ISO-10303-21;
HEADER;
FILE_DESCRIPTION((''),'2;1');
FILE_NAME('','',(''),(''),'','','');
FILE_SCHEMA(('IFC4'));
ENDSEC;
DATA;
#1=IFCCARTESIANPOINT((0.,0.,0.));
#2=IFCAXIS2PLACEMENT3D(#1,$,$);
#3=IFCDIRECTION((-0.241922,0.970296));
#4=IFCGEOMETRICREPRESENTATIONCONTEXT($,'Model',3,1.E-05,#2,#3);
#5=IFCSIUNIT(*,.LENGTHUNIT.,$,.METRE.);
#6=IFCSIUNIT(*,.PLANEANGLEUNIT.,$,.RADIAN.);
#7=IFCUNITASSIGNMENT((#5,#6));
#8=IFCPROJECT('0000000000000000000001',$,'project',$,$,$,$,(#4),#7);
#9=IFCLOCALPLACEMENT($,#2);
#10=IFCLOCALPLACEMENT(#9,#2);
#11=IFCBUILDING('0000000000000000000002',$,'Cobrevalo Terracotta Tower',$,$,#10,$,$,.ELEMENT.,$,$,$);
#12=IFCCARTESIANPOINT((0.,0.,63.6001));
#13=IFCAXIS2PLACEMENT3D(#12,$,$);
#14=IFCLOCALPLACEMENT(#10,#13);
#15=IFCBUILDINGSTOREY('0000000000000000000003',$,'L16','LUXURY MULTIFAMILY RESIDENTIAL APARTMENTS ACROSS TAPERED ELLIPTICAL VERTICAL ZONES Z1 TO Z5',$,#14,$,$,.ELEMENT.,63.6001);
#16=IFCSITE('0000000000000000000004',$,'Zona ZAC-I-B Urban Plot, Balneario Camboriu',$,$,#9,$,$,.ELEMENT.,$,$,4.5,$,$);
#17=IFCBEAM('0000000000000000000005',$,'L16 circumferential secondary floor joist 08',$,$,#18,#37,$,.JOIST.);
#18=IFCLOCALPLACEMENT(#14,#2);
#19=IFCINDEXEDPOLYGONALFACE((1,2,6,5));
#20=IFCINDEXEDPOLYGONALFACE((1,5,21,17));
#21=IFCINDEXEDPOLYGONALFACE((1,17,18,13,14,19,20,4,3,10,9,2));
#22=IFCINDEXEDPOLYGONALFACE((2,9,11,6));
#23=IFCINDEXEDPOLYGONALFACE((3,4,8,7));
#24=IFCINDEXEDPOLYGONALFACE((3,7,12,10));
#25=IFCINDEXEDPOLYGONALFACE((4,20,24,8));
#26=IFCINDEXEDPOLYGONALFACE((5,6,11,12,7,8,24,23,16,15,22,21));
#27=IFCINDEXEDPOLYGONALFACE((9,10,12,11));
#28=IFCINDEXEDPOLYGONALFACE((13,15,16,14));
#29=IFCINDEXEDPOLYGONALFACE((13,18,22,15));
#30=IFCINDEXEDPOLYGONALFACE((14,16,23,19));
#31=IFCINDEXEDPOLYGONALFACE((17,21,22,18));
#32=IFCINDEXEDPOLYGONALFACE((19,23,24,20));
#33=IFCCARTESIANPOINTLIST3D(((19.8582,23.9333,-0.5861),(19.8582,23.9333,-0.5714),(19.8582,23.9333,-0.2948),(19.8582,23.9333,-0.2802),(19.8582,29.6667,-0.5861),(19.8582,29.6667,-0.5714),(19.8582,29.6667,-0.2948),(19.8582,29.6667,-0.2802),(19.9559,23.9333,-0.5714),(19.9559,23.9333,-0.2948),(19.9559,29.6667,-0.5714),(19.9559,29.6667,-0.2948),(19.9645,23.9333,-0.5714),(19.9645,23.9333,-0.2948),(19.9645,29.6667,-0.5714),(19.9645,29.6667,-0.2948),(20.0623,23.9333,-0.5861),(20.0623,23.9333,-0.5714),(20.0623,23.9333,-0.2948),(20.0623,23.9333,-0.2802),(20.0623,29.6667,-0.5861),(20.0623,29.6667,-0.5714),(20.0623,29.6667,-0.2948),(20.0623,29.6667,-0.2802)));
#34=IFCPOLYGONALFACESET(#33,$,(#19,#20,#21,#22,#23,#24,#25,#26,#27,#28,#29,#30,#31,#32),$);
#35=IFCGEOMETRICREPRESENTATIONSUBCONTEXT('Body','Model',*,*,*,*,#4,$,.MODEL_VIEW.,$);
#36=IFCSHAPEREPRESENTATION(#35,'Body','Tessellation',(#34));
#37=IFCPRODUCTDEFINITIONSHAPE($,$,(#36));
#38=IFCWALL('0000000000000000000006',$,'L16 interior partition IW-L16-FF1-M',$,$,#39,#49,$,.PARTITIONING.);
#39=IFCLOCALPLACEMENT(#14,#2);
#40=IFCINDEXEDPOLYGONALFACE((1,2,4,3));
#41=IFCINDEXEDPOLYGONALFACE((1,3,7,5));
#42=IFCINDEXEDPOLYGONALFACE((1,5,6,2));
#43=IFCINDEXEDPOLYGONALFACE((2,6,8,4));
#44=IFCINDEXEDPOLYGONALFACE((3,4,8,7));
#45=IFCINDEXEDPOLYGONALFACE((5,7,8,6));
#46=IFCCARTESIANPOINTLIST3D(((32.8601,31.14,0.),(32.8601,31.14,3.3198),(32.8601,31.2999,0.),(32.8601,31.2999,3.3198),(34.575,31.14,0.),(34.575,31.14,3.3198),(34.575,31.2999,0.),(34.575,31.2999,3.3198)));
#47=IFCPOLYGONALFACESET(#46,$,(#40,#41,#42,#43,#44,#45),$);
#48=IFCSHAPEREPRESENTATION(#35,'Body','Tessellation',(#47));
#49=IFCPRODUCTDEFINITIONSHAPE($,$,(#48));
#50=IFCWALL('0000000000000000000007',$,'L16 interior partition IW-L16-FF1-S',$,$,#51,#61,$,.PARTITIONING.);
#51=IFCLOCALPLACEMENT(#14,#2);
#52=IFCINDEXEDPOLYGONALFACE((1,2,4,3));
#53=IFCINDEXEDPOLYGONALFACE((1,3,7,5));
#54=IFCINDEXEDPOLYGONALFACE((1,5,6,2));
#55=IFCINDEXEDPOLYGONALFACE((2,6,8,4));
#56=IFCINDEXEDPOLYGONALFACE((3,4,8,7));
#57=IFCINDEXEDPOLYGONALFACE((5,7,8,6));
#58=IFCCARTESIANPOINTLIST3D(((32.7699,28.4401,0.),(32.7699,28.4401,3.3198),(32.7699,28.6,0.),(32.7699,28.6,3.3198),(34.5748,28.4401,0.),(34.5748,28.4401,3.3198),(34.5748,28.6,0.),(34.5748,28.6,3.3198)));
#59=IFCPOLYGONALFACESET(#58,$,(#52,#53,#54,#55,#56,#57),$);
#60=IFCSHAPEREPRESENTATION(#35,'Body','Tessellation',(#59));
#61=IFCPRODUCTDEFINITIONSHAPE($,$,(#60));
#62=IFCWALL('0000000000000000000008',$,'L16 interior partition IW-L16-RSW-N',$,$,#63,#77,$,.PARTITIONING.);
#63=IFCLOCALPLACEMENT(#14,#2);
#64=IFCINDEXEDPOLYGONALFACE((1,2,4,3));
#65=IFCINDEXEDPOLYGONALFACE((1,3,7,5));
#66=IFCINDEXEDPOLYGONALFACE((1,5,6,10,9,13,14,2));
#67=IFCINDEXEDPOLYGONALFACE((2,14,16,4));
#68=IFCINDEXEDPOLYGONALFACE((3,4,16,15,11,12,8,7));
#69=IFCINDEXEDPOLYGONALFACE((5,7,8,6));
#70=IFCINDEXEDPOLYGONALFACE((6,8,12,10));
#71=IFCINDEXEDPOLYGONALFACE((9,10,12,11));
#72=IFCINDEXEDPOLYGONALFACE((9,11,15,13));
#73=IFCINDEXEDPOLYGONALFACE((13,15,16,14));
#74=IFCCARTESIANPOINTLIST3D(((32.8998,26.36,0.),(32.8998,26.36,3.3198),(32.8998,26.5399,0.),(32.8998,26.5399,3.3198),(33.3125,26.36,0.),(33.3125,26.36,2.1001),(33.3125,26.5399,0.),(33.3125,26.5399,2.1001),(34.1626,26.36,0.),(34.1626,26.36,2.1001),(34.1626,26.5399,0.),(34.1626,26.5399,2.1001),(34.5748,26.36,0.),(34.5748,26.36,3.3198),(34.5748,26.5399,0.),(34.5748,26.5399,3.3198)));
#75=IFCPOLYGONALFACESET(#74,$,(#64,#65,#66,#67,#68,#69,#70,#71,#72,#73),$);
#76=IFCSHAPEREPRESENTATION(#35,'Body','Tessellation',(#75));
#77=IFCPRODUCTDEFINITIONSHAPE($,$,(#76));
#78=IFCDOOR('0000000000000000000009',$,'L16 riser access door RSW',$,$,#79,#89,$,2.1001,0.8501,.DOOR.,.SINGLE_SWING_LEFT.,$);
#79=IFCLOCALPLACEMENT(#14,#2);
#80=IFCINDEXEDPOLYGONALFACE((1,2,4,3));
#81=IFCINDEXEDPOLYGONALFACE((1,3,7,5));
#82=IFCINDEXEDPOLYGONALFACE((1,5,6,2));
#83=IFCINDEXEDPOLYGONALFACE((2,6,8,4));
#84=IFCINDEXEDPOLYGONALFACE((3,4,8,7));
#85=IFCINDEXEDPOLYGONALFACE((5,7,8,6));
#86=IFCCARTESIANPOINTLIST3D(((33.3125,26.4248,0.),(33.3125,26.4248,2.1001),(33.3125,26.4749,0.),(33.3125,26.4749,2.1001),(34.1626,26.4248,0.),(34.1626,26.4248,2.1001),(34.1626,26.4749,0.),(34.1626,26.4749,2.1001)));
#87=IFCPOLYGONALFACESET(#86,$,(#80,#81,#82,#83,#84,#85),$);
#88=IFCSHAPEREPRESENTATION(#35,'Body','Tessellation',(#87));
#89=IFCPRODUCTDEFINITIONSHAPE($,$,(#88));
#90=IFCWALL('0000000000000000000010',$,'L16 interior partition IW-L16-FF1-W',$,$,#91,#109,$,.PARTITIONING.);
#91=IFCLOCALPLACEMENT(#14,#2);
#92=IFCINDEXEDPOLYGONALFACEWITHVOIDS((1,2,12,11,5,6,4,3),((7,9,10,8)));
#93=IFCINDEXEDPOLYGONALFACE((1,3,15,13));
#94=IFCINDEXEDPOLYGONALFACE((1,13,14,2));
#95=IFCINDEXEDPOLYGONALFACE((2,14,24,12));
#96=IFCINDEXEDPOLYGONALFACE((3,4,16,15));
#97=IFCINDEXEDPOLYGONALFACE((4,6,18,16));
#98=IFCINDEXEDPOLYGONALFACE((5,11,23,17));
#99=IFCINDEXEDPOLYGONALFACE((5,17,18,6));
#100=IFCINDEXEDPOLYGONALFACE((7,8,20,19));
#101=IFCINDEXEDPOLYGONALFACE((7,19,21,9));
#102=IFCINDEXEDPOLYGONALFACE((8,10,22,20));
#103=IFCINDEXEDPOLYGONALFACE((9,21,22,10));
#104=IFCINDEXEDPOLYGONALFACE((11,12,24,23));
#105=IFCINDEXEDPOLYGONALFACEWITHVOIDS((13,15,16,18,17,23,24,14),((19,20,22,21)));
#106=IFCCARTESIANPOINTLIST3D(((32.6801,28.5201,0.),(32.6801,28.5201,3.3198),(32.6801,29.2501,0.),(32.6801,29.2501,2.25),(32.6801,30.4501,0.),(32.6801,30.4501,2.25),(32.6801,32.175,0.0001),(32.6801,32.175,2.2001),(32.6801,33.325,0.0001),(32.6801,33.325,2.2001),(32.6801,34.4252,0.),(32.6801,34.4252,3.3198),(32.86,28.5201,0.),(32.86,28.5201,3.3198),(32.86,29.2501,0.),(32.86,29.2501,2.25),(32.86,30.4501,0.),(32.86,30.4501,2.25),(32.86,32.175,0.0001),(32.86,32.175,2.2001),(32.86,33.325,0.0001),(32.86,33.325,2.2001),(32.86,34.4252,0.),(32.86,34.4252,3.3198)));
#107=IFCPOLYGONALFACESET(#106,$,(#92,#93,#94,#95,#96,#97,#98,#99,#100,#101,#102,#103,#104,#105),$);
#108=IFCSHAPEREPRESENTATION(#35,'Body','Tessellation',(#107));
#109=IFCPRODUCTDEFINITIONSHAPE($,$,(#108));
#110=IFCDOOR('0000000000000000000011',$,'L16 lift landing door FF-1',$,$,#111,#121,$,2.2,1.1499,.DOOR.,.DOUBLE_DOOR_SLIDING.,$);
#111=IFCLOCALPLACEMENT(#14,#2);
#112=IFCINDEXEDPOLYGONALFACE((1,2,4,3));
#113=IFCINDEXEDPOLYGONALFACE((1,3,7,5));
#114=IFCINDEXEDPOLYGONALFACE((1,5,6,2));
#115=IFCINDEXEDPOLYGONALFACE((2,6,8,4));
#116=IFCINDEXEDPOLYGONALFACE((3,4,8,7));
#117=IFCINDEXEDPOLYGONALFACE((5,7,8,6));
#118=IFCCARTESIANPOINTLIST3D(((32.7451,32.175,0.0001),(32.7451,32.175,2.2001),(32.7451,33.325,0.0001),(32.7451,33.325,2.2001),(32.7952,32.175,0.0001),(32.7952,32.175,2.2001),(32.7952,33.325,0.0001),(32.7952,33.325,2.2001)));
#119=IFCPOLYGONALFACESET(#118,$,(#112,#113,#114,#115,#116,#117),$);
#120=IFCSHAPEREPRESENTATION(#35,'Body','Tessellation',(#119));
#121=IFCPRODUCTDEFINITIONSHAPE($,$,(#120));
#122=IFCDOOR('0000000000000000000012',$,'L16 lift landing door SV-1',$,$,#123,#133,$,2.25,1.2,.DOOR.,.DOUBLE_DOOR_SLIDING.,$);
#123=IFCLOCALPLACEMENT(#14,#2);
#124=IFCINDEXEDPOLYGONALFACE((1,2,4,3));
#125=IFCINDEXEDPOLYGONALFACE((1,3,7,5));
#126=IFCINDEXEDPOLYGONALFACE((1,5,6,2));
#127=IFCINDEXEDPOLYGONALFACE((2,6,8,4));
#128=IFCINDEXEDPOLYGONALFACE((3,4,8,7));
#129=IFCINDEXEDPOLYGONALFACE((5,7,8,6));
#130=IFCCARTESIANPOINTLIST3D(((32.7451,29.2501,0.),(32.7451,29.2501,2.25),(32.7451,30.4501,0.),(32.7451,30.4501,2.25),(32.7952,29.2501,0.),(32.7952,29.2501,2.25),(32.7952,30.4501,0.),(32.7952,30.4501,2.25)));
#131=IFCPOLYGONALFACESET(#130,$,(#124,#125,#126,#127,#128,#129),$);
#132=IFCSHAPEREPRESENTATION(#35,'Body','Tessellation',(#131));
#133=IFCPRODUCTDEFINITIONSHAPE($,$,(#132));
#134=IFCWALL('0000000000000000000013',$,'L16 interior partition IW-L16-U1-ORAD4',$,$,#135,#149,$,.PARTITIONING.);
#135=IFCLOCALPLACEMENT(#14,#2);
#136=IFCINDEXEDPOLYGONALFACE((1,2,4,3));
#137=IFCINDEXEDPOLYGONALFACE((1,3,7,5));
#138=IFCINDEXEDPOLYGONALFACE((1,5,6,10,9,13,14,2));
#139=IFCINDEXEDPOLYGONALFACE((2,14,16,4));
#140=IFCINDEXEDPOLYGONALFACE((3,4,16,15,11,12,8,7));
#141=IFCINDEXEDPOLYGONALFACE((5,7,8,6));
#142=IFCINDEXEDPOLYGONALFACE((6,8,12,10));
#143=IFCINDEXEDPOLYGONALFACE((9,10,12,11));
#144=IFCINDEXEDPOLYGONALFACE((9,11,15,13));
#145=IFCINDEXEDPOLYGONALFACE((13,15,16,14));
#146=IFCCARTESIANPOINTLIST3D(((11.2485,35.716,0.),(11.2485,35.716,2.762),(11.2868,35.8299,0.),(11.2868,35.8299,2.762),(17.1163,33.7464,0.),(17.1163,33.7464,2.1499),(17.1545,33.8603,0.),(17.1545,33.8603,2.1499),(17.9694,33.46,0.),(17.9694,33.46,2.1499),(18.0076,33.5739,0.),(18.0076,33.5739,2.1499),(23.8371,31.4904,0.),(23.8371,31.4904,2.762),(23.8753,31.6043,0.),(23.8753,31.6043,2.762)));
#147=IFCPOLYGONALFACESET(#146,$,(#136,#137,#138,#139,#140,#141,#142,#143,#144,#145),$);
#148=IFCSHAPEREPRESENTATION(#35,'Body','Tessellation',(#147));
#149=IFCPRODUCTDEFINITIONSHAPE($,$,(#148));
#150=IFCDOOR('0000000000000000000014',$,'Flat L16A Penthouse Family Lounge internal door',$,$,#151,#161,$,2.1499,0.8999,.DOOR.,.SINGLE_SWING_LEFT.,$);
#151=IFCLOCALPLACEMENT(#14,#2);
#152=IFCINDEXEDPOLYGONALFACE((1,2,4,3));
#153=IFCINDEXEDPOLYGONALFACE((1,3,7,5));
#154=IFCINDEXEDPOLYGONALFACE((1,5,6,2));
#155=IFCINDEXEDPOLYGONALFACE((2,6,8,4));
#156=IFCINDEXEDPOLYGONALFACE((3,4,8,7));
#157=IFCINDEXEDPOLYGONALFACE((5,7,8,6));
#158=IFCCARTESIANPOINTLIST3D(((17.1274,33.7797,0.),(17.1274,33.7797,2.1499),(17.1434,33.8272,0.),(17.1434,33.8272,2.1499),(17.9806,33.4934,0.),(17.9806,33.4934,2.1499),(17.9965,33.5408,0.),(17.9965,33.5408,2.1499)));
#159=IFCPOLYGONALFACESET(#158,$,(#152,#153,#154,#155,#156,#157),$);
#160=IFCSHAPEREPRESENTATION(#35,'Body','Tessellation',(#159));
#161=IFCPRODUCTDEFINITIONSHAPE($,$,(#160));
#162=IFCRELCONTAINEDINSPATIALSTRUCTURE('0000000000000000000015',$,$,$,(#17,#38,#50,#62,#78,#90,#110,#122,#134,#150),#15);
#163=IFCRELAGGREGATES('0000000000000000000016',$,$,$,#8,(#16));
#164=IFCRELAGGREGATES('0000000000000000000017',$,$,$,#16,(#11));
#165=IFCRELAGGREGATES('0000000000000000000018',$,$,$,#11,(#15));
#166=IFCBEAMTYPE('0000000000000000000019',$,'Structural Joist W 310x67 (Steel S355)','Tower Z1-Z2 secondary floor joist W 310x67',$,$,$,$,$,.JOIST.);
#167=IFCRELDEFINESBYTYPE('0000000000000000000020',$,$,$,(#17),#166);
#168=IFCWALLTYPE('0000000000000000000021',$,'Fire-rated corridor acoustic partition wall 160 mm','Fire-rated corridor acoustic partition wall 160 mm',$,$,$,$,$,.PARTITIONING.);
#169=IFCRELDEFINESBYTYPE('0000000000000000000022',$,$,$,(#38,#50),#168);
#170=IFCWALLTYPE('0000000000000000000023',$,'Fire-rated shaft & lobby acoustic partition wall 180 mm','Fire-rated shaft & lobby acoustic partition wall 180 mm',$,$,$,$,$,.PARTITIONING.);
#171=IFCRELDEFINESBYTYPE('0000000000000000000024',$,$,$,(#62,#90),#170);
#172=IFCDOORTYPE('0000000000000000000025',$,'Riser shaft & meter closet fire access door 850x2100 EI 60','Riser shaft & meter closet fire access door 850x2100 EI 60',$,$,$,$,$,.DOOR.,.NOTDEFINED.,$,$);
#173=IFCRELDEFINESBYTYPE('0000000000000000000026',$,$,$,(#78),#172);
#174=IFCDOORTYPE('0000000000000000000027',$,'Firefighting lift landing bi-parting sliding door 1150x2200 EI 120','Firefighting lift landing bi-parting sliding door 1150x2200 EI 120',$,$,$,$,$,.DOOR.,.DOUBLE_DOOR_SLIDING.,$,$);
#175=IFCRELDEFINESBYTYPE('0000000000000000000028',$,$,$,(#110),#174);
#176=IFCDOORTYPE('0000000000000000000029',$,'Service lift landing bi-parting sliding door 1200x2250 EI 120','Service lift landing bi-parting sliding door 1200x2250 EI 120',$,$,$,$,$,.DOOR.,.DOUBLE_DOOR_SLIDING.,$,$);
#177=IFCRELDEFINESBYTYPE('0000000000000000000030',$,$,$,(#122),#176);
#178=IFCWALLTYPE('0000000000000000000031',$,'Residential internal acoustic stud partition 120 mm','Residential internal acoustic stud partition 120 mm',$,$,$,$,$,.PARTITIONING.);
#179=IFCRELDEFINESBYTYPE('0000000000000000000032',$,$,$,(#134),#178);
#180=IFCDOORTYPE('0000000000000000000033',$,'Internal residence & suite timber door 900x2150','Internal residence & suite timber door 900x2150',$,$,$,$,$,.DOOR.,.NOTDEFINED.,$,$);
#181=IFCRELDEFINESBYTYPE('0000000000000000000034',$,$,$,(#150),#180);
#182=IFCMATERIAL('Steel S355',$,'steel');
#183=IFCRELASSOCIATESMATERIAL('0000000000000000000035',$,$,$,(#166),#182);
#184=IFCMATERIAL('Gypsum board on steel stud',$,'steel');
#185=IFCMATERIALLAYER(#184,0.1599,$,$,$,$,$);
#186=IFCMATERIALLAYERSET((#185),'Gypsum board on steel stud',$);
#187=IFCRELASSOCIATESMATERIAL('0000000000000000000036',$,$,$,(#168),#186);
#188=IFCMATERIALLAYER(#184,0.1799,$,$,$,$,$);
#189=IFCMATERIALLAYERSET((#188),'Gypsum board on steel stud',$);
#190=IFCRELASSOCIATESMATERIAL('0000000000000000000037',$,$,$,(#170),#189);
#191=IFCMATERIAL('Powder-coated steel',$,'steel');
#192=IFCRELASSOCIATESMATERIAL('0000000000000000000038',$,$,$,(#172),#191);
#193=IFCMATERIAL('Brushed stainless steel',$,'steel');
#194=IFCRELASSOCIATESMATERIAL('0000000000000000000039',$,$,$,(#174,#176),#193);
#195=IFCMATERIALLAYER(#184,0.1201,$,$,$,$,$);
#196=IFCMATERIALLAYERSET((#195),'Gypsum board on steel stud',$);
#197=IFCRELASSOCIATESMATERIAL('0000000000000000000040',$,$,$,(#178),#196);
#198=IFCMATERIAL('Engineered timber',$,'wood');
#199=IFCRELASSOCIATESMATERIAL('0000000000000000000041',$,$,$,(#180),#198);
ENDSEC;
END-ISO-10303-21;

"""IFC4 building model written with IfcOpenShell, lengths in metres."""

from ifc_helpers import new_model, si_unit, direction, frame, frame_2d, origin, origin_2d, place, context, subcontext, project, spatial, rectangle, i_section, extrude, source, transform, mapped, material, layer, layer_set, material_profile, profile_set, type_object, element, fill, save


model = new_model("IFC4")

# Units and contexts
model_context = context("Model", 3, precision=1e-05, world=origin(), true_north=direction((-0.241922, 0.970296)))
body_context = subcontext(model_context, "Body", "Model", "MODEL_VIEW")
ifc_project = project(units=[si_unit("LENGTHUNIT", "METRE"), si_unit("PLANEANGLEUNIT", "RADIAN")], contexts=[model_context])

# Site, building, storey
site_placement = place(None, origin())
site = spatial("IfcSite", under=ifc_project, at=site_placement, Name="Zona ZAC-I-B Urban Plot, Balneario Camboriu", CompositionType="ELEMENT", RefElevation=4.5)
building_placement = place(site_placement, origin())
building = spatial("IfcBuilding", under=site, at=building_placement, Name="Cobrevalo Terracotta Tower", CompositionType="ELEMENT")
storey_placement = place(building_placement, frame((0.0, 0.0, 63.6001)))
storey = spatial("IfcBuildingStorey", under=building, at=storey_placement, Name="L16", Description="LUXURY MULTIFAMILY RESIDENTIAL APARTMENTS ACROSS TAPERED ELLIPTICAL VERTICAL ZONES Z1 TO Z5", CompositionType="ELEMENT", Elevation=63.6001)

# Beam
ifc_material_1 = material(Name="Steel S355", Category="steel")
ifc_material_profile = material_profile(ifc_material_1, i_section(OverallWidth=0.2041, OverallDepth=0.3059, WebThickness=0.0085, FlangeThickness=0.0146, at=origin_2d()), Name="W 310x67")
ifc_profile_set = profile_set([ifc_material_profile], Name="Steel S355")
beam_type = type_object("IfcBeamType", Name="Structural Joist W 310x67 (Steel S355)", Description="Tower Z1-Z2 secondary floor joist W 310x67", PredefinedType="JOIST", material=ifc_profile_set)
beam_placement = place(storey_placement, frame((19.9602, 29.6667, -0.4331), z_axis=(0.0, -1.0, 0.0), x_axis=(1.0, 0.0, 0.0)))
element("IfcBeam", 1, at=beam_placement, inside=storey, type_object=beam_type, Name="L16 circumferential secondary floor joist 08", PredefinedType="JOIST", context=body_context, shape_type="SweptSolid", body=[
    extrude(i_section(OverallWidth=0.2041, OverallDepth=0.3059, WebThickness=0.0085, FlangeThickness=0.0146, at=origin_2d()), origin(), (0.0, 0.0, 1.0), 5.7334),
])

# Walls
ifc_material_2 = material(Name="Gypsum board on steel stud", Category="steel")
ifc_layer_1 = layer(ifc_material_2, 0.1599)
ifc_layer_set_1 = layer_set([ifc_layer_1], Name="Gypsum board on steel stud")
wall_type_1 = type_object("IfcWallType", Name="Fire-rated corridor acoustic partition wall 160 mm", Description="Fire-rated corridor acoustic partition wall 160 mm", PredefinedType="PARTITIONING", material=ifc_layer_set_1)
wall_1_placement = place(storey_placement, frame((32.8601, 31.22, 0.0), z_axis=(0.0, 0.0, 1.0), x_axis=(1.0, 0.0, 0.0)))
element("IfcWall", 2, at=wall_1_placement, inside=storey, type_object=wall_type_1, Name="L16 interior partition IW-L16-FF1-M", PredefinedType="PARTITIONING", context=body_context, shape_type="SweptSolid", body=[
    extrude(rectangle(XDim=1.7148, YDim=0.1599, at=frame_2d((0.8574, 0.0))), origin(), (0.0, 0.0, 1.0), 3.3198),
])
wall_2_placement = place(storey_placement, frame((32.77, 28.52, 0.0), z_axis=(0.0, 0.0, 1.0), x_axis=(1.0, 0.0, 0.0)))
element("IfcWall", 3, at=wall_2_placement, inside=storey, type_object=wall_type_1, Name="L16 interior partition IW-L16-FF1-S", PredefinedType="PARTITIONING", context=body_context, shape_type="SweptSolid", body=[
    extrude(rectangle(XDim=1.8049, YDim=0.1599, at=frame_2d((0.9023, 0.0))), origin(), (0.0, 0.0, 1.0), 3.3198),
])

# Wall, opening, door
ifc_layer_2 = layer(ifc_material_2, 0.1799)
ifc_layer_set_2 = layer_set([ifc_layer_2], Name="Gypsum board on steel stud")
wall_type_2 = type_object("IfcWallType", Name="Fire-rated shaft & lobby acoustic partition wall 180 mm", Description="Fire-rated shaft & lobby acoustic partition wall 180 mm", PredefinedType="PARTITIONING", material=ifc_layer_set_2)
wall_3_placement = place(storey_placement, frame((32.8999, 26.45, 0.0), z_axis=(0.0, 0.0, 1.0), x_axis=(1.0, 0.0, 0.0)))
wall_3 = element("IfcWall", 4, at=wall_3_placement, inside=storey, type_object=wall_type_2, Name="L16 interior partition IW-L16-RSW-N", PredefinedType="PARTITIONING", context=body_context, shape_type="SweptSolid", body=[
    extrude(rectangle(XDim=1.675, YDim=0.1799, at=frame_2d((0.8374, 0.0))), origin(), (0.0, 0.0, 1.0), 3.3198),
])
opening_1_placement = place(wall_3_placement, frame((0.4126, 0.0, 0.0)))
opening_1 = element("IfcOpeningElement", 5, at=opening_1_placement, cuts=wall_3, PredefinedType="OPENING", context=body_context, shape_type="SweptSolid", body=[
    extrude(rectangle(XDim=0.8501, YDim=2.1001, at=frame_2d((0.425, 1.05))), frame((0.0, 0.1001, 0.0), z_axis=(0.0, -1.0, 0.0), x_axis=(1.0, 0.0, 0.0)), (0.0, 0.0, 1.0), 0.2),
])
ifc_material_3 = material(Name="Powder-coated steel", Category="steel")
door_type_1 = type_object("IfcDoorType", Name="Riser shaft & meter closet fire access door 850x2100 EI 60", Description="Riser shaft & meter closet fire access door 850x2100 EI 60", OperationType="NOTDEFINED", PredefinedType="DOOR", material=ifc_material_3)
shared_shape_1 = source(origin(), body_context, "Body", "SweptSolid", [
    extrude(rectangle(XDim=0.8501, YDim=2.1001, at=frame_2d((0.425, 1.05))), frame((0.0, 0.0249, 0.0), z_axis=(0.0, -1.0, 0.0), x_axis=(1.0, 0.0, 0.0)), (0.0, 0.0, 1.0), 0.05),
])
door_1_placement = place(opening_1_placement, origin())
door_1 = element("IfcDoor", 6, at=door_1_placement, inside=storey, type_object=door_type_1, Name="L16 riser access door RSW", OperationType="SINGLE_SWING_LEFT", OverallHeight=2.1001, OverallWidth=0.8501, PredefinedType="DOOR", context=body_context, shape_type="MappedRepresentation", body=[
    mapped(shared_shape_1, transform((0.0, 0.0, 0.0), scale=1.0)),
])
fill(opening_1, door_1)

# Wall, openings, doors
wall_4_placement = place(storey_placement, frame((32.77, 28.52, 0.0), z_axis=(0.0, 0.0, 1.0), x_axis=(0.0, 1.0, 0.0)))
wall_4 = element("IfcWall", 7, at=wall_4_placement, inside=storey, type_object=wall_type_2, Name="L16 interior partition IW-L16-FF1-W", PredefinedType="PARTITIONING", context=body_context, shape_type="SweptSolid", body=[
    extrude(rectangle(XDim=5.905, YDim=0.1799, at=frame_2d((2.9526, 0.0))), origin(), (0.0, 0.0, 1.0), 3.3198),
])
opening_2_placement = place(wall_4_placement, frame((3.655, 0.0, 0.0)))
opening_2 = element("IfcOpeningElement", 8, at=opening_2_placement, cuts=wall_4, PredefinedType="OPENING", context=body_context, shape_type="SweptSolid", body=[
    extrude(rectangle(XDim=1.1499, YDim=2.2, at=frame_2d((0.575, 1.1001))), frame((0.0, 0.1001, 0.0), z_axis=(0.0, -1.0, 0.0), x_axis=(1.0, 0.0, 0.0)), (0.0, 0.0, 1.0), 0.2),
])
opening_3_placement = place(wall_4_placement, frame((0.73, 0.0, 0.0)))
opening_3 = element("IfcOpeningElement", 9, at=opening_3_placement, cuts=wall_4, PredefinedType="OPENING", context=body_context, shape_type="SweptSolid", body=[
    extrude(rectangle(XDim=1.2, YDim=2.25, at=frame_2d((0.6001, 1.125))), frame((0.0, 0.1001, 0.0), z_axis=(0.0, -1.0, 0.0), x_axis=(1.0, 0.0, 0.0)), (0.0, 0.0, 1.0), 0.2),
])
ifc_material_4 = material(Name="Brushed stainless steel", Category="steel")
door_type_2 = type_object("IfcDoorType", Name="Firefighting lift landing bi-parting sliding door 1150x2200 EI 120", Description="Firefighting lift landing bi-parting sliding door 1150x2200 EI 120", OperationType="DOUBLE_DOOR_SLIDING", PredefinedType="DOOR", material=ifc_material_4)
shared_shape_2 = source(origin(), body_context, "Body", "SweptSolid", [
    extrude(rectangle(XDim=1.1499, YDim=2.2, at=frame_2d((0.575, 1.1001))), frame((0.0, 0.0249, 0.0), z_axis=(0.0, -1.0, 0.0), x_axis=(1.0, 0.0, 0.0)), (0.0, 0.0, 1.0), 0.05),
])
door_2_placement = place(opening_2_placement, origin())
door_2 = element("IfcDoor", 10, at=door_2_placement, inside=storey, type_object=door_type_2, Name="L16 lift landing door FF-1", OperationType="DOUBLE_DOOR_SLIDING", OverallHeight=2.2, OverallWidth=1.1499, PredefinedType="DOOR", context=body_context, shape_type="MappedRepresentation", body=[
    mapped(shared_shape_2, transform((0.0, 0.0, 0.0), scale=1.0)),
])
fill(opening_2, door_2)
door_type_3 = type_object("IfcDoorType", Name="Service lift landing bi-parting sliding door 1200x2250 EI 120", Description="Service lift landing bi-parting sliding door 1200x2250 EI 120", OperationType="DOUBLE_DOOR_SLIDING", PredefinedType="DOOR", material=ifc_material_4)
shared_shape_3 = source(origin(), body_context, "Body", "SweptSolid", [
    extrude(rectangle(XDim=1.2, YDim=2.25, at=frame_2d((0.6001, 1.125))), frame((0.0, 0.0249, 0.0), z_axis=(0.0, -1.0, 0.0), x_axis=(1.0, 0.0, 0.0)), (0.0, 0.0, 1.0), 0.05),
])
door_3_placement = place(opening_3_placement, origin())
door_3 = element("IfcDoor", 11, at=door_3_placement, inside=storey, type_object=door_type_3, Name="L16 lift landing door SV-1", OperationType="DOUBLE_DOOR_SLIDING", OverallHeight=2.25, OverallWidth=1.2, PredefinedType="DOOR", context=body_context, shape_type="MappedRepresentation", body=[
    mapped(shared_shape_3, transform((0.0, 0.0, 0.0), scale=1.0)),
])
fill(opening_3, door_3)

# Wall, opening, door
ifc_layer_3 = layer(ifc_material_2, 0.1201)
ifc_layer_set_3 = layer_set([ifc_layer_3], Name="Gypsum board on steel stud")
wall_type_3 = type_object("IfcWallType", Name="Residential internal acoustic stud partition 120 mm", Description="Residential internal acoustic stud partition 120 mm", PredefinedType="PARTITIONING", material=ifc_layer_set_3)
wall_5_placement = place(storey_placement, frame((23.8562, 31.5474, 0.0), z_axis=(0.0, 0.0, 1.0), x_axis=(-0.948017, 0.318218, 0.0)))
wall_5 = element("IfcWall", 12, at=wall_5_placement, inside=storey, type_object=wall_type_3, Name="L16 interior partition IW-L16-U1-ORAD4", PredefinedType="PARTITIONING", context=body_context, shape_type="SweptSolid", body=[
    extrude(rectangle(XDim=13.2788, YDim=0.1201, at=frame_2d((6.6394, 0.0))), origin(), (0.0, 0.0, 1.0), 2.762),
])
opening_4_placement = place(wall_5_placement, frame((6.1895, 0.0, 0.0)))
opening_4 = element("IfcOpeningElement", 13, at=opening_4_placement, cuts=wall_5, PredefinedType="OPENING", context=body_context, shape_type="SweptSolid", body=[
    extrude(rectangle(XDim=0.8999, YDim=2.1499, at=frame_2d((0.45, 1.075))), frame((0.0, 0.0701, 0.0), z_axis=(0.0, -1.0, 0.0), x_axis=(1.0, 0.0, 0.0)), (0.0, 0.0, 1.0), 0.1401),
])
ifc_material_5 = material(Name="Engineered timber", Category="wood")
door_type_4 = type_object("IfcDoorType", Name="Internal residence & suite timber door 900x2150", Description="Internal residence & suite timber door 900x2150", OperationType="NOTDEFINED", PredefinedType="DOOR", material=ifc_material_5)
shared_shape_4 = source(origin(), body_context, "Body", "SweptSolid", [
    extrude(rectangle(XDim=0.8999, YDim=2.1499, at=frame_2d((0.45, 1.075))), frame((0.0, 0.0249, 0.0), z_axis=(0.0, -1.0, 0.0), x_axis=(1.0, 0.0, 0.0)), (0.0, 0.0, 1.0), 0.05),
])
door_4_placement = place(opening_4_placement, origin())
door_4 = element("IfcDoor", 14, at=door_4_placement, inside=storey, type_object=door_type_4, Name="Flat L16A Penthouse Family Lounge internal door", OperationType="SINGLE_SWING_LEFT", OverallHeight=2.1499, OverallWidth=0.8999, PredefinedType="DOOR", context=body_context, shape_type="MappedRepresentation", body=[
    mapped(shared_shape_4, transform((0.0, 0.0, 0.0), scale=1.0)),
])
fill(opening_4, door_4)

save(model, "model.ifc")
